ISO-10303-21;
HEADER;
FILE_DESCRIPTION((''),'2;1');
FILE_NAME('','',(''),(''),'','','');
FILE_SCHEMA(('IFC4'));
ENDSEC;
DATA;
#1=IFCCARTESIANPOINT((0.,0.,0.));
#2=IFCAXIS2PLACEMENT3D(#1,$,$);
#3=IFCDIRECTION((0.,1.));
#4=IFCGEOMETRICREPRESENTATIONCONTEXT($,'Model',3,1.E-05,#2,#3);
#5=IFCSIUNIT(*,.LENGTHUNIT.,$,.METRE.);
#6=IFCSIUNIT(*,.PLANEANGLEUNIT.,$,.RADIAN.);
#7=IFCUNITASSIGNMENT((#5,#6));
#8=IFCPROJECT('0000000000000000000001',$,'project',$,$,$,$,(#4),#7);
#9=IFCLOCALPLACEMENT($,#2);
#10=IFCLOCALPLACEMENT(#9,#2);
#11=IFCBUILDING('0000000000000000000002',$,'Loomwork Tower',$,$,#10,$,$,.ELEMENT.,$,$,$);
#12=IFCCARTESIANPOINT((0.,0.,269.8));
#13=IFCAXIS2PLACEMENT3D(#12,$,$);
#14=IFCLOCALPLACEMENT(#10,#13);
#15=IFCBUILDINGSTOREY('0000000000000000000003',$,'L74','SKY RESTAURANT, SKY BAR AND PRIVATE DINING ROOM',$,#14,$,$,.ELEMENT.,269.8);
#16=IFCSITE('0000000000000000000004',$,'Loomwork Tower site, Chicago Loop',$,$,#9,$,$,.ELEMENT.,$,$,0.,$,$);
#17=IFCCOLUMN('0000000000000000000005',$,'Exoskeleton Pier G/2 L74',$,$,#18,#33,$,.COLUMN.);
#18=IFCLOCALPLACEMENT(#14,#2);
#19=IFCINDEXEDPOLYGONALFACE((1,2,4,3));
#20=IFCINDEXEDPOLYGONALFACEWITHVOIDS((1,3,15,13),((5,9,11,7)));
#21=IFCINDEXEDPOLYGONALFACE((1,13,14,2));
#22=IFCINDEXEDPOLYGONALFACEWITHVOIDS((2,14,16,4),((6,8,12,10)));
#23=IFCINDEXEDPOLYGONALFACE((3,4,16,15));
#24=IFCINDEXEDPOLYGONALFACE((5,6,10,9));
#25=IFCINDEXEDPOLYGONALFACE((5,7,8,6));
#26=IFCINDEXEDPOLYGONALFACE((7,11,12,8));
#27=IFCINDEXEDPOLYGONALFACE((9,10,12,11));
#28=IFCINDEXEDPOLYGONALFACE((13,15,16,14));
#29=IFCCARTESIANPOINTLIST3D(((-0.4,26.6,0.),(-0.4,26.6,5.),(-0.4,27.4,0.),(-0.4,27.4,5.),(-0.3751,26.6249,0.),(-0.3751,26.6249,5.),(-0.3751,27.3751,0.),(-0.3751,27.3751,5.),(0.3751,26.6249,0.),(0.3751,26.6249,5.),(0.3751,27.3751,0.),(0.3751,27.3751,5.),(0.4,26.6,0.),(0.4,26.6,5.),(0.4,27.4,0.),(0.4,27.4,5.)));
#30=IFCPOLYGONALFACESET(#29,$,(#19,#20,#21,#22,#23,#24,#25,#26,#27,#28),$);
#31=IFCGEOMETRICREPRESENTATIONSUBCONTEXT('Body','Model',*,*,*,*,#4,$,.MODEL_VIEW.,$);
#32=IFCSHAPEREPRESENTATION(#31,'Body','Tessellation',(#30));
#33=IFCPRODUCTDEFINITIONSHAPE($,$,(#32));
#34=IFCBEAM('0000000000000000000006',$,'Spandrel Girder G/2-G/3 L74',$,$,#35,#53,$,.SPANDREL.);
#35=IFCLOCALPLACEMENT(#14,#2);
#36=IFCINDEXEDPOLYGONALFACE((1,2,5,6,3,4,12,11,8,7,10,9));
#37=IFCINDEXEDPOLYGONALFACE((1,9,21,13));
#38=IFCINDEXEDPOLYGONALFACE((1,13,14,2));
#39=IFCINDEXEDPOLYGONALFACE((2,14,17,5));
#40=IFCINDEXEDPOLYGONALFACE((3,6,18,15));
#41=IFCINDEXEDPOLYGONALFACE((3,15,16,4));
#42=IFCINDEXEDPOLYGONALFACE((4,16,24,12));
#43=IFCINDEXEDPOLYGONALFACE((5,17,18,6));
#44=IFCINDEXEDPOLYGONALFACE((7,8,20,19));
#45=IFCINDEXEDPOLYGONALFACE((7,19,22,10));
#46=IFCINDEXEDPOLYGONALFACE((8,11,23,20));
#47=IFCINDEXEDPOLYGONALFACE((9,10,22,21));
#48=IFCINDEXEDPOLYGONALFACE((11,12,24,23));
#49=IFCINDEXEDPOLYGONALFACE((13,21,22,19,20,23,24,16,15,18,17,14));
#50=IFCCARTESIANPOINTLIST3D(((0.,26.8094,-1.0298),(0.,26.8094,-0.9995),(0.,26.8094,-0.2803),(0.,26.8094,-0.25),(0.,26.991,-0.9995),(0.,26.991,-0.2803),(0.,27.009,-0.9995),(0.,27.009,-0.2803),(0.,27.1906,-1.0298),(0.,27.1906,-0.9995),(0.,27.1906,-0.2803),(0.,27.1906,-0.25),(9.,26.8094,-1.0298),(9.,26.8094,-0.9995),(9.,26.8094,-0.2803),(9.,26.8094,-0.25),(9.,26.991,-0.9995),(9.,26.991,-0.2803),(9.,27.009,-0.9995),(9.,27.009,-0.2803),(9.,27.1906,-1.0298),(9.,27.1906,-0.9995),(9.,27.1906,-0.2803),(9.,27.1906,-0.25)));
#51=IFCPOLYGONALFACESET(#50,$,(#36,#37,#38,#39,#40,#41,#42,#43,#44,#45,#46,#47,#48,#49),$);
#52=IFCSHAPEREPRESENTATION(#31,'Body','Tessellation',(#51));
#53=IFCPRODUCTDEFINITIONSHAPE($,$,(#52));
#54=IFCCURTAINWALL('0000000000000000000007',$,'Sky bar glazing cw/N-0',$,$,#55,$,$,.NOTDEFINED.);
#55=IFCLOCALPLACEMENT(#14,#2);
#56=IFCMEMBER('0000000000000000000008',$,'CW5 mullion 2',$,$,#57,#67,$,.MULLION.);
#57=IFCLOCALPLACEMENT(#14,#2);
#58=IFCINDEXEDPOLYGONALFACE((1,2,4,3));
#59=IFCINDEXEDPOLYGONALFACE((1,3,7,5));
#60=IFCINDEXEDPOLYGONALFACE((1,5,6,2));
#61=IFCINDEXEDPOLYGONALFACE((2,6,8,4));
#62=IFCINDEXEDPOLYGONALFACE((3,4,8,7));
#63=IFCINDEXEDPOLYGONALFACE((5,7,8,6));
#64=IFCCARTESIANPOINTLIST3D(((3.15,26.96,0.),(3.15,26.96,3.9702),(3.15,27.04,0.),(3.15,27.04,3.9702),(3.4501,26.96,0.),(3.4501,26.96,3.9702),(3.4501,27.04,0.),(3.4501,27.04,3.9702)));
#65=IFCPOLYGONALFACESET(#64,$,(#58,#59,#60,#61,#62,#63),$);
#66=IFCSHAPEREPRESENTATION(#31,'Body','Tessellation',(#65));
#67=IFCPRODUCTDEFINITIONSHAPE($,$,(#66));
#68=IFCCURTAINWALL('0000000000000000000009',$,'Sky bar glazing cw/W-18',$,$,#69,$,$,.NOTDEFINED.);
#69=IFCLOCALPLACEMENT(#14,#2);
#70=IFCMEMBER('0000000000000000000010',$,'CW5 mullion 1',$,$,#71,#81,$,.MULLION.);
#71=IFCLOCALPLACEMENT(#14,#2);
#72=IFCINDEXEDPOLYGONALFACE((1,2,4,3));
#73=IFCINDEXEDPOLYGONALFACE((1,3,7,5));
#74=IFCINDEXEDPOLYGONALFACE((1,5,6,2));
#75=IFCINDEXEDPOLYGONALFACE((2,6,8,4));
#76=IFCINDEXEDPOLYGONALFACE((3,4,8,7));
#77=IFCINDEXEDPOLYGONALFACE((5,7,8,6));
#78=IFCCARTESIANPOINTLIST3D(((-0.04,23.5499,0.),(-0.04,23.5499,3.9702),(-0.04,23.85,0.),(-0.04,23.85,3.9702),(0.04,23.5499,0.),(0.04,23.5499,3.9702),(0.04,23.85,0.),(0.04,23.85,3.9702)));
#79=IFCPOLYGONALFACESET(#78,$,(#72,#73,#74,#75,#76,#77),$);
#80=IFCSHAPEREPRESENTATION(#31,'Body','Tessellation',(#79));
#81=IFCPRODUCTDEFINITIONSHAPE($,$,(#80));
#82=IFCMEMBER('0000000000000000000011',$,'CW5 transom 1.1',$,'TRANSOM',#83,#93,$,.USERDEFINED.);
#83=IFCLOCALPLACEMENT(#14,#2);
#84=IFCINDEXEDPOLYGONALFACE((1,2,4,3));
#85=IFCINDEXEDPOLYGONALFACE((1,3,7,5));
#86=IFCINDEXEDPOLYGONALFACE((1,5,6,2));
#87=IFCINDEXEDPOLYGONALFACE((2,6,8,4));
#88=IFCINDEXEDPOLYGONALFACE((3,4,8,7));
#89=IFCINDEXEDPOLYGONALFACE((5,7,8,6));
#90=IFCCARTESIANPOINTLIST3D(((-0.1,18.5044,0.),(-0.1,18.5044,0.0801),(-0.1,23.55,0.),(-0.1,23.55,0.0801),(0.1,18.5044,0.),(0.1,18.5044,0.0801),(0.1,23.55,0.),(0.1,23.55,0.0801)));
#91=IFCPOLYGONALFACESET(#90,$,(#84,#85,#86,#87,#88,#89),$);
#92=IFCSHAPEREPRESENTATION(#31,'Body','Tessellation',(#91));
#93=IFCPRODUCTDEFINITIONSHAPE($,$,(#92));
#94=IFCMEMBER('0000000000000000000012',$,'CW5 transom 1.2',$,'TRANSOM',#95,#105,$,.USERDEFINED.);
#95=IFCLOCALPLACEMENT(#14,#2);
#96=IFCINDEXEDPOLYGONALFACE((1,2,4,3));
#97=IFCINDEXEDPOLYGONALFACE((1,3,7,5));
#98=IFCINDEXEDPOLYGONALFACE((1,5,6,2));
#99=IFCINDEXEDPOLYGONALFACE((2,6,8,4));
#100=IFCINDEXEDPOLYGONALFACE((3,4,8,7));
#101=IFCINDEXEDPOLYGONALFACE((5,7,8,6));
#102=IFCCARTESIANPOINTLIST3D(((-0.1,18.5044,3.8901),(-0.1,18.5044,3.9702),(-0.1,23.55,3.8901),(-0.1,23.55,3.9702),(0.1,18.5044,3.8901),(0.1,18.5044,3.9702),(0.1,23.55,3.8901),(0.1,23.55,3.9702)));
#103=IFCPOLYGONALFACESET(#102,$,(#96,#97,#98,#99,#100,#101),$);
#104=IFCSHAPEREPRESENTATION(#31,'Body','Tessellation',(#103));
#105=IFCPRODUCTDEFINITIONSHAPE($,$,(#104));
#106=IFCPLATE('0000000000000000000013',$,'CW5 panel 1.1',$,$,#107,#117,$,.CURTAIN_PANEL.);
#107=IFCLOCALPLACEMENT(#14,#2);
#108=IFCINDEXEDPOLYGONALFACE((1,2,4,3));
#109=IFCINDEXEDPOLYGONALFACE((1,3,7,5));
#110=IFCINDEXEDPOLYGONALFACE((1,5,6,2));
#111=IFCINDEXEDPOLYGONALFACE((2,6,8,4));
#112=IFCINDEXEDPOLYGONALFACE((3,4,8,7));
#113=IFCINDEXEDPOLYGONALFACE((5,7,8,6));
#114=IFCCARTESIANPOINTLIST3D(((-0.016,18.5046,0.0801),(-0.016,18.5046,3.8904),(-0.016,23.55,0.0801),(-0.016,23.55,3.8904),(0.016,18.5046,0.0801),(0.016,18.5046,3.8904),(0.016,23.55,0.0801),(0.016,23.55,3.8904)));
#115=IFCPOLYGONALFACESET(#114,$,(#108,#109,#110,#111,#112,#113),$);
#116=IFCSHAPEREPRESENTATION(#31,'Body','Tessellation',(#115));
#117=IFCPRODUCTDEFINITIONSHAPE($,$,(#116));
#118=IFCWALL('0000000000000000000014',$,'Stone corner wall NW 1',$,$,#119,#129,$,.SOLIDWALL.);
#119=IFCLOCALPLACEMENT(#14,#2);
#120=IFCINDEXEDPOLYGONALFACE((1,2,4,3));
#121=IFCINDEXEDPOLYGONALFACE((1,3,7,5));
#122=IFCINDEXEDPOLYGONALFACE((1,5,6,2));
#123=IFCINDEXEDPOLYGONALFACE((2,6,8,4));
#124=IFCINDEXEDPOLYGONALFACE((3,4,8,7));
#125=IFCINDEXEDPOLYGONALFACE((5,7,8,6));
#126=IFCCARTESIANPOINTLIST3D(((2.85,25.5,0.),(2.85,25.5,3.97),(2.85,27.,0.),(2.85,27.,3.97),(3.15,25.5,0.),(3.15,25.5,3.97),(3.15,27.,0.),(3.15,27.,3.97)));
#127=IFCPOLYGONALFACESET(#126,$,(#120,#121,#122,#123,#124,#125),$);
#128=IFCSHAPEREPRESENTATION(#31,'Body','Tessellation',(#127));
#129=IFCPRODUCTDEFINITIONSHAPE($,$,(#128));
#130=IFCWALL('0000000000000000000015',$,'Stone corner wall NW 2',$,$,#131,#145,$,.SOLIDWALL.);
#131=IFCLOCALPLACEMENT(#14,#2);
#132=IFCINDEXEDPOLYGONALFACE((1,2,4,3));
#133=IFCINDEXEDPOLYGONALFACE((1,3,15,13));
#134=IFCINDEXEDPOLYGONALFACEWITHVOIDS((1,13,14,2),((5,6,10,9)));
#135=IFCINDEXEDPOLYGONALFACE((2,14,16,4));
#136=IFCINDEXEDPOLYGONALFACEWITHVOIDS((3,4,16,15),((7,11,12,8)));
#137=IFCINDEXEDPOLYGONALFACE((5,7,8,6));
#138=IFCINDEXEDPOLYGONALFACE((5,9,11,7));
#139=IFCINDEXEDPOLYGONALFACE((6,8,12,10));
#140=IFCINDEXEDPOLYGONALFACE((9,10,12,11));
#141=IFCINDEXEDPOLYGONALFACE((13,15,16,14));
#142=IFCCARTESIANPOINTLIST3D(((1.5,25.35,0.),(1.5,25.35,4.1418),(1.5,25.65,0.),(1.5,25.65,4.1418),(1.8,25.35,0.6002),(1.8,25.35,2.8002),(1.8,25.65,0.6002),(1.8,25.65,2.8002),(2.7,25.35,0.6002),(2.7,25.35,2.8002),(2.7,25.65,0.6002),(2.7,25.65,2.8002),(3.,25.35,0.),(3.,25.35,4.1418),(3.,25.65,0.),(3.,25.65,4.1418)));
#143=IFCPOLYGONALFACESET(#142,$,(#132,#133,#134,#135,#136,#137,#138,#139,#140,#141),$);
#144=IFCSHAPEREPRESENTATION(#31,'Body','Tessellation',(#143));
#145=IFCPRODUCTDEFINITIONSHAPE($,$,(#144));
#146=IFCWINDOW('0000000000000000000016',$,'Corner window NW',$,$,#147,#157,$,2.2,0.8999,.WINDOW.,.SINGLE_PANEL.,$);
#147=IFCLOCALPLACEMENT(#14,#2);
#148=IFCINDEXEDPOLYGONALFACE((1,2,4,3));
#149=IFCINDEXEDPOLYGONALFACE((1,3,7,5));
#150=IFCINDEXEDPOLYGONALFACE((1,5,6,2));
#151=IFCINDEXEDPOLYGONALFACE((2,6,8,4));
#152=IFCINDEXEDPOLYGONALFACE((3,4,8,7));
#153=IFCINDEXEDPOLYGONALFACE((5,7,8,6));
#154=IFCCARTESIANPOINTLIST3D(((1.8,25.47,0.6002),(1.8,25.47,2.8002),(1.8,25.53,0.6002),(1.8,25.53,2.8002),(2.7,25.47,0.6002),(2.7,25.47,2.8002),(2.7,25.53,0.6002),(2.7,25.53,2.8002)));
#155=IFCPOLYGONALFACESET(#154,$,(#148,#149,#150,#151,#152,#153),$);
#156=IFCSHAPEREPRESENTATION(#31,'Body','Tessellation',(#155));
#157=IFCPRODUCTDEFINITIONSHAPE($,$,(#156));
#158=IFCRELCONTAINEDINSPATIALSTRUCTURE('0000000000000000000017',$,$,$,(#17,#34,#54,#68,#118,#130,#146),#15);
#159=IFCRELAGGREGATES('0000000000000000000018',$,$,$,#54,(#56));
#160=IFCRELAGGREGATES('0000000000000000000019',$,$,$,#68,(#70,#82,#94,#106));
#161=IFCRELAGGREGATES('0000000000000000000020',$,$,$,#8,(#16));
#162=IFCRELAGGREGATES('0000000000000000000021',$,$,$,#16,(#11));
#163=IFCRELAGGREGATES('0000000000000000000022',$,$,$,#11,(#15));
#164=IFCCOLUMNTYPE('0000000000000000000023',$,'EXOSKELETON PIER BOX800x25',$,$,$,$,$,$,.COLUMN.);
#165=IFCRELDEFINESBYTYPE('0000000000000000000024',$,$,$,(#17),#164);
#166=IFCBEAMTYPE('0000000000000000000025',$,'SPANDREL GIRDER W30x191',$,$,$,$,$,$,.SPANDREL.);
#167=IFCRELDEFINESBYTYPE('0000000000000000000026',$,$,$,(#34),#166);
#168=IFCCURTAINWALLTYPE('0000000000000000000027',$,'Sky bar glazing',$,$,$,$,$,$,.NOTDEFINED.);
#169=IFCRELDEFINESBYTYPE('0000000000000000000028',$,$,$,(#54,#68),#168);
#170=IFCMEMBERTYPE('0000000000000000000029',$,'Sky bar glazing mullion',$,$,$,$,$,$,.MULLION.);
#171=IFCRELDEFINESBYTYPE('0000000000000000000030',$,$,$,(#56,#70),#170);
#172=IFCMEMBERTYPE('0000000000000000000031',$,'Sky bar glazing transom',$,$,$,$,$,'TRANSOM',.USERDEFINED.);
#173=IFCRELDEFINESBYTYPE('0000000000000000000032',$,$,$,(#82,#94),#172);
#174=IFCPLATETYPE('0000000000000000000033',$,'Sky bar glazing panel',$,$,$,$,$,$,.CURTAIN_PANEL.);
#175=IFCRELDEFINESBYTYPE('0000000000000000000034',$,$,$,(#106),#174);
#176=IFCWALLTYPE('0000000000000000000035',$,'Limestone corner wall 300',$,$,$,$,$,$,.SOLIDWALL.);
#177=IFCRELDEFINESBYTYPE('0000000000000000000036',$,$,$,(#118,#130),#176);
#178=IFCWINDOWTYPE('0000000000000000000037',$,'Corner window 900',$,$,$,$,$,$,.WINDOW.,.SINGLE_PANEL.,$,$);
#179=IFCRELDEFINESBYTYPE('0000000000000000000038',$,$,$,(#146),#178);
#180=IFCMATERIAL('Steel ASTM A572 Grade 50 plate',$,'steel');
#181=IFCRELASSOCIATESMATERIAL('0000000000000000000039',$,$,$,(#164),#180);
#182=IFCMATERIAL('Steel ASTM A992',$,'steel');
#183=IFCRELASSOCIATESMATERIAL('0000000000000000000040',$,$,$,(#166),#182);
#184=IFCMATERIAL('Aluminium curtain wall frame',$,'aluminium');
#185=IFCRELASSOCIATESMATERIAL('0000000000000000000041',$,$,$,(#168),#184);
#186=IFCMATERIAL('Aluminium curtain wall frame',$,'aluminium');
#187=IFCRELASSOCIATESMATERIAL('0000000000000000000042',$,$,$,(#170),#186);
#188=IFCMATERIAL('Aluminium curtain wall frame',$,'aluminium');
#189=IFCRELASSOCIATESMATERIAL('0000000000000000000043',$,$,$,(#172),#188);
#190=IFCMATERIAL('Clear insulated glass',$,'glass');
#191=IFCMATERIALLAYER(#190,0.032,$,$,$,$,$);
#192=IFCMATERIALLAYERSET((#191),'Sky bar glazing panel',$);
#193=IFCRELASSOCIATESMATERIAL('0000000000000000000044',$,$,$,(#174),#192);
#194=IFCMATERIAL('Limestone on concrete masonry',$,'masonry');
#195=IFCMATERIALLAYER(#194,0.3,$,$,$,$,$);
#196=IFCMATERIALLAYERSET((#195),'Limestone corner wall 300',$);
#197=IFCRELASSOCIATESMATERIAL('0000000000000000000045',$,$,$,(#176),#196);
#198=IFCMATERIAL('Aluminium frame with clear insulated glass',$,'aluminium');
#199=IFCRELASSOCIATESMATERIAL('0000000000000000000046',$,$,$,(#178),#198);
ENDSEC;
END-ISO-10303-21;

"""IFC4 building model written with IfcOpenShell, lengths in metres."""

from ifc_helpers import new_model, si_unit, direction, frame, frame_2d, origin, origin_2d, place, context, subcontext, project, spatial, rectangle, hollow_rectangle, i_section, extrude, material, layer, layer_set, material_profile, profile_set, type_object, element, fill, aggregate, save


model = new_model("IFC4")

# Units and contexts
model_context = context("Model", 3, precision=1e-05, world=origin(), true_north=direction((0.0, 1.0)))
body_context = subcontext(model_context, "Body", "Model", "MODEL_VIEW")
ifc_project = project(units=[si_unit("LENGTHUNIT", "METRE"), si_unit("PLANEANGLEUNIT", "RADIAN")], contexts=[model_context])

# Site, building, storey
site_placement = place(None, origin())
site = spatial("IfcSite", under=ifc_project, at=site_placement, Name="Loomwork Tower site, Chicago Loop", CompositionType="ELEMENT", RefElevation=0.0)
building_placement = place(site_placement, origin())
building = spatial("IfcBuilding", under=site, at=building_placement, Name="Loomwork Tower", CompositionType="ELEMENT")
storey_placement = place(building_placement, frame((0.0, 0.0, 269.8)))
storey = spatial("IfcBuildingStorey", under=building, at=storey_placement, Name="L74", Description="SKY RESTAURANT, SKY BAR AND PRIVATE DINING ROOM", CompositionType="ELEMENT", Elevation=269.8)

# Column
ifc_material_1 = material(Name="Steel ASTM A572 Grade 50 plate", Category="steel")
ifc_material_profile_1 = material_profile(ifc_material_1, hollow_rectangle(XDim=0.8, YDim=0.8, WallThickness=0.0249, at=origin_2d()), Name="BOX800x25")
ifc_profile_set_1 = profile_set([ifc_material_profile_1], Name="Steel ASTM A572 Grade 50 plate")
column_type = type_object("IfcColumnType", Name="EXOSKELETON PIER BOX800x25", PredefinedType="COLUMN", material=ifc_profile_set_1)
column_placement = place(storey_placement, frame((0.0, 27.0, 0.0), z_axis=(0.0, 0.0, 1.0), x_axis=(0.0, 1.0, 0.0)))
element("IfcColumn", 1, at=column_placement, inside=storey, type_object=column_type, Name="Exoskeleton Pier G/2 L74", PredefinedType="COLUMN", context=body_context, shape_type="SweptSolid", body=[
    extrude(hollow_rectangle(XDim=0.8, YDim=0.8, WallThickness=0.0249, at=origin_2d()), origin(), (0.0, 0.0, 1.0), 5.0),
])

# Beam
ifc_material_2 = material(Name="Steel ASTM A992", Category="steel")
ifc_material_profile_2 = material_profile(ifc_material_2, i_section(OverallWidth=0.3811, OverallDepth=0.7798, WebThickness=0.0181, FlangeThickness=0.0303, at=origin_2d()), Name="W30x191")
ifc_profile_set_2 = profile_set([ifc_material_profile_2], Name="Steel ASTM A992")
beam_type = type_object("IfcBeamType", Name="SPANDREL GIRDER W30x191", PredefinedType="SPANDREL", material=ifc_profile_set_2)
beam_placement = place(storey_placement, frame((0.0, 27.0, -0.6399), z_axis=(1.0, 0.0, 0.0), x_axis=(0.0, 1.0, 0.0)))
element("IfcBeam", 2, at=beam_placement, inside=storey, type_object=beam_type, Name="Spandrel Girder G/2-G/3 L74", PredefinedType="SPANDREL", context=body_context, shape_type="SweptSolid", body=[
    extrude(i_section(OverallWidth=0.3811, OverallDepth=0.7798, WebThickness=0.0181, FlangeThickness=0.0303, at=origin_2d()), origin(), (0.0, 0.0, 1.0), 9.0),
])

# Curtain wall, member
ifc_material_3 = material(Name="Aluminium curtain wall frame", Category="aluminium")
curtain_wall_type = type_object("IfcCurtainWallType", Name="Sky bar glazing", PredefinedType="NOTDEFINED", material=ifc_material_3)
curtain_wall_1_placement = place(storey_placement, origin())
curtain_wall_1 = element("IfcCurtainWall", 3, at=curtain_wall_1_placement, inside=storey, type_object=curtain_wall_type, Name="Sky bar glazing cw/N-0", PredefinedType="NOTDEFINED")
ifc_material_4 = material(Name="Aluminium curtain wall frame", Category="aluminium")
ifc_material_profile_3 = material_profile(ifc_material_4, rectangle(XDim=0.0801, YDim=0.3, at=origin_2d()), Name="AL 80x300")
ifc_profile_set_3 = profile_set([ifc_material_profile_3], Name="Aluminium curtain wall frame")
member_type_1 = type_object("IfcMemberType", Name="Sky bar glazing mullion", PredefinedType="MULLION", material=ifc_profile_set_3)
member_1_placement = place(storey_placement, frame((3.3, 27.0, 0.0), z_axis=(0.0, 0.0, 1.0), x_axis=(0.0, -1.0, 0.0)))
member_1 = element("IfcMember", 4, at=member_1_placement, type_object=member_type_1, Name="CW5 mullion 2", PredefinedType="MULLION", context=body_context, shape_type="SweptSolid", body=[
    extrude(rectangle(XDim=0.0801, YDim=0.3, at=origin_2d()), origin(), (0.0, 0.0, 1.0), 3.9702),
])
aggregate(curtain_wall_1, [member_1])

# Curtain wall, members, plate
curtain_wall_2_placement = place(storey_placement, origin())
curtain_wall_2 = element("IfcCurtainWall", 5, at=curtain_wall_2_placement, inside=storey, type_object=curtain_wall_type, Name="Sky bar glazing cw/W-18", PredefinedType="NOTDEFINED")
member_2_placement = place(storey_placement, frame((0.0, 23.7, 0.0), z_axis=(0.0, 0.0, 1.0), x_axis=(1.0, 0.0, 0.0)))
member_2 = element("IfcMember", 6, at=member_2_placement, type_object=member_type_1, Name="CW5 mullion 1", PredefinedType="MULLION", context=body_context, shape_type="SweptSolid", body=[
    extrude(rectangle(XDim=0.0801, YDim=0.3, at=origin_2d()), origin(), (0.0, 0.0, 1.0), 3.9702),
])
ifc_material_5 = material(Name="Aluminium curtain wall frame", Category="aluminium")
ifc_material_profile_4 = material_profile(ifc_material_5, rectangle(XDim=0.2, YDim=0.0801, at=origin_2d()), Name="AL 80x200")
ifc_profile_set_4 = profile_set([ifc_material_profile_4], Name="Aluminium curtain wall frame")
member_type_2 = type_object("IfcMemberType", Name="Sky bar glazing transom", ElementType="TRANSOM", PredefinedType="USERDEFINED", material=ifc_profile_set_4)
member_3_placement = place(storey_placement, frame((0.0, 23.55, 0.04), z_axis=(0.0, -1.0, 0.0), x_axis=(1.0, 0.0, 0.0)))
member_3 = element("IfcMember", 7, at=member_3_placement, type_object=member_type_2, Name="CW5 transom 1.1", ObjectType="TRANSOM", PredefinedType="USERDEFINED", context=body_context, shape_type="SweptSolid", body=[
    extrude(rectangle(XDim=0.2, YDim=0.0801, at=origin_2d()), origin(), (0.0, 0.0, 1.0), 5.0457),
])
member_4_placement = place(storey_placement, frame((0.0, 23.55, 3.9302), z_axis=(0.0, -1.0, 0.0), x_axis=(1.0, 0.0, 0.0)))
member_4 = element("IfcMember", 8, at=member_4_placement, type_object=member_type_2, Name="CW5 transom 1.2", ObjectType="TRANSOM", PredefinedType="USERDEFINED", context=body_context, shape_type="SweptSolid", body=[
    extrude(rectangle(XDim=0.2, YDim=0.0801, at=origin_2d()), origin(), (0.0, 0.0, 1.0), 5.0457),
])
ifc_material_6 = material(Name="Clear insulated glass", Category="glass")
ifc_layer_1 = layer(ifc_material_6, 0.032)
ifc_layer_set_1 = layer_set([ifc_layer_1], Name="Sky bar glazing panel")
plate_type = type_object("IfcPlateType", Name="Sky bar glazing panel", PredefinedType="CURTAIN_PANEL", material=ifc_layer_set_1)
plate_placement = place(storey_placement, frame((0.0, 21.0273, 0.0801), z_axis=(0.0, 0.0, 1.0), x_axis=(0.0, -1.0, 0.0)))
plate = element("IfcPlate", 9, at=plate_placement, type_object=plate_type, Name="CW5 panel 1.1", PredefinedType="CURTAIN_PANEL", context=body_context, shape_type="SweptSolid", body=[
    extrude(rectangle(XDim=5.0454, YDim=0.032, at=origin_2d()), origin(), (0.0, 0.0, 1.0), 3.8103),
])
aggregate(curtain_wall_2, [member_2, member_3, member_4, plate])

# Wall
ifc_material_7 = material(Name="Limestone on concrete masonry", Category="masonry")
ifc_layer_2 = layer(ifc_material_7, 0.3)
ifc_layer_set_2 = layer_set([ifc_layer_2], Name="Limestone corner wall 300")
wall_type_1 = type_object("IfcWallType", Name="Limestone corner wall 300", PredefinedType="SOLIDWALL", material=ifc_layer_set_2)
wall_1_placement = place(storey_placement, frame((3.0, 27.0, 0.0), z_axis=(0.0, 0.0, 1.0), x_axis=(0.0, -1.0, 0.0)))
element("IfcWall", 10, at=wall_1_placement, inside=storey, type_object=wall_type_1, Name="Stone corner wall NW 1", PredefinedType="SOLIDWALL", context=body_context, shape_type="SweptSolid", body=[
    extrude(rectangle(XDim=1.5, YDim=0.3, at=frame_2d((0.75, 0.0))), origin(), (0.0, 0.0, 1.0), 3.97),
])

# Wall, opening, window
wall_2_placement = place(storey_placement, frame((3.0, 25.5, 0.0), z_axis=(0.0, 0.0, 1.0), x_axis=(-1.0, 0.0, 0.0)))
wall_2 = element("IfcWall", 11, at=wall_2_placement, inside=storey, type_object=wall_type_1, Name="Stone corner wall NW 2", PredefinedType="SOLIDWALL", context=body_context, shape_type="SweptSolid", body=[
    extrude(rectangle(XDim=1.5, YDim=0.3, at=frame_2d((0.75, 0.0))), origin(), (0.0, 0.0, 1.0), 4.1418),
])
opening_1_placement = place(wall_2_placement, frame((0.3, 0.0, 0.6001)))
opening_1 = element("IfcOpeningElement", 12, at=opening_1_placement, cuts=wall_2, PredefinedType="OPENING", context=body_context, shape_type="SweptSolid", body=[
    extrude(rectangle(XDim=0.8999, YDim=2.2, at=frame_2d((0.45, 1.1001))), frame((0.0, 0.1599, 0.0), z_axis=(0.0, -1.0, 0.0), x_axis=(1.0, 0.0, 0.0)), (0.0, 0.0, 1.0), 0.3201),
])
ifc_material_8 = material(Name="Aluminium frame with clear insulated glass", Category="aluminium")
window_type = type_object("IfcWindowType", Name="Corner window 900", PartitioningType="SINGLE_PANEL", PredefinedType="WINDOW", material=ifc_material_8)
window_1_placement = place(opening_1_placement, origin())
window_1 = element("IfcWindow", 13, at=window_1_placement, inside=storey, type_object=window_type, Name="Corner window NW", OverallHeight=2.2, OverallWidth=0.8999, PartitioningType="SINGLE_PANEL", PredefinedType="WINDOW", context=body_context, shape_type="SweptSolid", body=[
    extrude(rectangle(XDim=0.8999, YDim=2.2, at=frame_2d((0.45, 1.1001))), frame((0.0, 0.03, 0.0), z_axis=(0.0, -1.0, 0.0), x_axis=(1.0, 0.0, 0.0)), (0.0, 0.0, 1.0), 0.0601),
])
fill(opening_1, window_1)

save(model, "model.ifc")
